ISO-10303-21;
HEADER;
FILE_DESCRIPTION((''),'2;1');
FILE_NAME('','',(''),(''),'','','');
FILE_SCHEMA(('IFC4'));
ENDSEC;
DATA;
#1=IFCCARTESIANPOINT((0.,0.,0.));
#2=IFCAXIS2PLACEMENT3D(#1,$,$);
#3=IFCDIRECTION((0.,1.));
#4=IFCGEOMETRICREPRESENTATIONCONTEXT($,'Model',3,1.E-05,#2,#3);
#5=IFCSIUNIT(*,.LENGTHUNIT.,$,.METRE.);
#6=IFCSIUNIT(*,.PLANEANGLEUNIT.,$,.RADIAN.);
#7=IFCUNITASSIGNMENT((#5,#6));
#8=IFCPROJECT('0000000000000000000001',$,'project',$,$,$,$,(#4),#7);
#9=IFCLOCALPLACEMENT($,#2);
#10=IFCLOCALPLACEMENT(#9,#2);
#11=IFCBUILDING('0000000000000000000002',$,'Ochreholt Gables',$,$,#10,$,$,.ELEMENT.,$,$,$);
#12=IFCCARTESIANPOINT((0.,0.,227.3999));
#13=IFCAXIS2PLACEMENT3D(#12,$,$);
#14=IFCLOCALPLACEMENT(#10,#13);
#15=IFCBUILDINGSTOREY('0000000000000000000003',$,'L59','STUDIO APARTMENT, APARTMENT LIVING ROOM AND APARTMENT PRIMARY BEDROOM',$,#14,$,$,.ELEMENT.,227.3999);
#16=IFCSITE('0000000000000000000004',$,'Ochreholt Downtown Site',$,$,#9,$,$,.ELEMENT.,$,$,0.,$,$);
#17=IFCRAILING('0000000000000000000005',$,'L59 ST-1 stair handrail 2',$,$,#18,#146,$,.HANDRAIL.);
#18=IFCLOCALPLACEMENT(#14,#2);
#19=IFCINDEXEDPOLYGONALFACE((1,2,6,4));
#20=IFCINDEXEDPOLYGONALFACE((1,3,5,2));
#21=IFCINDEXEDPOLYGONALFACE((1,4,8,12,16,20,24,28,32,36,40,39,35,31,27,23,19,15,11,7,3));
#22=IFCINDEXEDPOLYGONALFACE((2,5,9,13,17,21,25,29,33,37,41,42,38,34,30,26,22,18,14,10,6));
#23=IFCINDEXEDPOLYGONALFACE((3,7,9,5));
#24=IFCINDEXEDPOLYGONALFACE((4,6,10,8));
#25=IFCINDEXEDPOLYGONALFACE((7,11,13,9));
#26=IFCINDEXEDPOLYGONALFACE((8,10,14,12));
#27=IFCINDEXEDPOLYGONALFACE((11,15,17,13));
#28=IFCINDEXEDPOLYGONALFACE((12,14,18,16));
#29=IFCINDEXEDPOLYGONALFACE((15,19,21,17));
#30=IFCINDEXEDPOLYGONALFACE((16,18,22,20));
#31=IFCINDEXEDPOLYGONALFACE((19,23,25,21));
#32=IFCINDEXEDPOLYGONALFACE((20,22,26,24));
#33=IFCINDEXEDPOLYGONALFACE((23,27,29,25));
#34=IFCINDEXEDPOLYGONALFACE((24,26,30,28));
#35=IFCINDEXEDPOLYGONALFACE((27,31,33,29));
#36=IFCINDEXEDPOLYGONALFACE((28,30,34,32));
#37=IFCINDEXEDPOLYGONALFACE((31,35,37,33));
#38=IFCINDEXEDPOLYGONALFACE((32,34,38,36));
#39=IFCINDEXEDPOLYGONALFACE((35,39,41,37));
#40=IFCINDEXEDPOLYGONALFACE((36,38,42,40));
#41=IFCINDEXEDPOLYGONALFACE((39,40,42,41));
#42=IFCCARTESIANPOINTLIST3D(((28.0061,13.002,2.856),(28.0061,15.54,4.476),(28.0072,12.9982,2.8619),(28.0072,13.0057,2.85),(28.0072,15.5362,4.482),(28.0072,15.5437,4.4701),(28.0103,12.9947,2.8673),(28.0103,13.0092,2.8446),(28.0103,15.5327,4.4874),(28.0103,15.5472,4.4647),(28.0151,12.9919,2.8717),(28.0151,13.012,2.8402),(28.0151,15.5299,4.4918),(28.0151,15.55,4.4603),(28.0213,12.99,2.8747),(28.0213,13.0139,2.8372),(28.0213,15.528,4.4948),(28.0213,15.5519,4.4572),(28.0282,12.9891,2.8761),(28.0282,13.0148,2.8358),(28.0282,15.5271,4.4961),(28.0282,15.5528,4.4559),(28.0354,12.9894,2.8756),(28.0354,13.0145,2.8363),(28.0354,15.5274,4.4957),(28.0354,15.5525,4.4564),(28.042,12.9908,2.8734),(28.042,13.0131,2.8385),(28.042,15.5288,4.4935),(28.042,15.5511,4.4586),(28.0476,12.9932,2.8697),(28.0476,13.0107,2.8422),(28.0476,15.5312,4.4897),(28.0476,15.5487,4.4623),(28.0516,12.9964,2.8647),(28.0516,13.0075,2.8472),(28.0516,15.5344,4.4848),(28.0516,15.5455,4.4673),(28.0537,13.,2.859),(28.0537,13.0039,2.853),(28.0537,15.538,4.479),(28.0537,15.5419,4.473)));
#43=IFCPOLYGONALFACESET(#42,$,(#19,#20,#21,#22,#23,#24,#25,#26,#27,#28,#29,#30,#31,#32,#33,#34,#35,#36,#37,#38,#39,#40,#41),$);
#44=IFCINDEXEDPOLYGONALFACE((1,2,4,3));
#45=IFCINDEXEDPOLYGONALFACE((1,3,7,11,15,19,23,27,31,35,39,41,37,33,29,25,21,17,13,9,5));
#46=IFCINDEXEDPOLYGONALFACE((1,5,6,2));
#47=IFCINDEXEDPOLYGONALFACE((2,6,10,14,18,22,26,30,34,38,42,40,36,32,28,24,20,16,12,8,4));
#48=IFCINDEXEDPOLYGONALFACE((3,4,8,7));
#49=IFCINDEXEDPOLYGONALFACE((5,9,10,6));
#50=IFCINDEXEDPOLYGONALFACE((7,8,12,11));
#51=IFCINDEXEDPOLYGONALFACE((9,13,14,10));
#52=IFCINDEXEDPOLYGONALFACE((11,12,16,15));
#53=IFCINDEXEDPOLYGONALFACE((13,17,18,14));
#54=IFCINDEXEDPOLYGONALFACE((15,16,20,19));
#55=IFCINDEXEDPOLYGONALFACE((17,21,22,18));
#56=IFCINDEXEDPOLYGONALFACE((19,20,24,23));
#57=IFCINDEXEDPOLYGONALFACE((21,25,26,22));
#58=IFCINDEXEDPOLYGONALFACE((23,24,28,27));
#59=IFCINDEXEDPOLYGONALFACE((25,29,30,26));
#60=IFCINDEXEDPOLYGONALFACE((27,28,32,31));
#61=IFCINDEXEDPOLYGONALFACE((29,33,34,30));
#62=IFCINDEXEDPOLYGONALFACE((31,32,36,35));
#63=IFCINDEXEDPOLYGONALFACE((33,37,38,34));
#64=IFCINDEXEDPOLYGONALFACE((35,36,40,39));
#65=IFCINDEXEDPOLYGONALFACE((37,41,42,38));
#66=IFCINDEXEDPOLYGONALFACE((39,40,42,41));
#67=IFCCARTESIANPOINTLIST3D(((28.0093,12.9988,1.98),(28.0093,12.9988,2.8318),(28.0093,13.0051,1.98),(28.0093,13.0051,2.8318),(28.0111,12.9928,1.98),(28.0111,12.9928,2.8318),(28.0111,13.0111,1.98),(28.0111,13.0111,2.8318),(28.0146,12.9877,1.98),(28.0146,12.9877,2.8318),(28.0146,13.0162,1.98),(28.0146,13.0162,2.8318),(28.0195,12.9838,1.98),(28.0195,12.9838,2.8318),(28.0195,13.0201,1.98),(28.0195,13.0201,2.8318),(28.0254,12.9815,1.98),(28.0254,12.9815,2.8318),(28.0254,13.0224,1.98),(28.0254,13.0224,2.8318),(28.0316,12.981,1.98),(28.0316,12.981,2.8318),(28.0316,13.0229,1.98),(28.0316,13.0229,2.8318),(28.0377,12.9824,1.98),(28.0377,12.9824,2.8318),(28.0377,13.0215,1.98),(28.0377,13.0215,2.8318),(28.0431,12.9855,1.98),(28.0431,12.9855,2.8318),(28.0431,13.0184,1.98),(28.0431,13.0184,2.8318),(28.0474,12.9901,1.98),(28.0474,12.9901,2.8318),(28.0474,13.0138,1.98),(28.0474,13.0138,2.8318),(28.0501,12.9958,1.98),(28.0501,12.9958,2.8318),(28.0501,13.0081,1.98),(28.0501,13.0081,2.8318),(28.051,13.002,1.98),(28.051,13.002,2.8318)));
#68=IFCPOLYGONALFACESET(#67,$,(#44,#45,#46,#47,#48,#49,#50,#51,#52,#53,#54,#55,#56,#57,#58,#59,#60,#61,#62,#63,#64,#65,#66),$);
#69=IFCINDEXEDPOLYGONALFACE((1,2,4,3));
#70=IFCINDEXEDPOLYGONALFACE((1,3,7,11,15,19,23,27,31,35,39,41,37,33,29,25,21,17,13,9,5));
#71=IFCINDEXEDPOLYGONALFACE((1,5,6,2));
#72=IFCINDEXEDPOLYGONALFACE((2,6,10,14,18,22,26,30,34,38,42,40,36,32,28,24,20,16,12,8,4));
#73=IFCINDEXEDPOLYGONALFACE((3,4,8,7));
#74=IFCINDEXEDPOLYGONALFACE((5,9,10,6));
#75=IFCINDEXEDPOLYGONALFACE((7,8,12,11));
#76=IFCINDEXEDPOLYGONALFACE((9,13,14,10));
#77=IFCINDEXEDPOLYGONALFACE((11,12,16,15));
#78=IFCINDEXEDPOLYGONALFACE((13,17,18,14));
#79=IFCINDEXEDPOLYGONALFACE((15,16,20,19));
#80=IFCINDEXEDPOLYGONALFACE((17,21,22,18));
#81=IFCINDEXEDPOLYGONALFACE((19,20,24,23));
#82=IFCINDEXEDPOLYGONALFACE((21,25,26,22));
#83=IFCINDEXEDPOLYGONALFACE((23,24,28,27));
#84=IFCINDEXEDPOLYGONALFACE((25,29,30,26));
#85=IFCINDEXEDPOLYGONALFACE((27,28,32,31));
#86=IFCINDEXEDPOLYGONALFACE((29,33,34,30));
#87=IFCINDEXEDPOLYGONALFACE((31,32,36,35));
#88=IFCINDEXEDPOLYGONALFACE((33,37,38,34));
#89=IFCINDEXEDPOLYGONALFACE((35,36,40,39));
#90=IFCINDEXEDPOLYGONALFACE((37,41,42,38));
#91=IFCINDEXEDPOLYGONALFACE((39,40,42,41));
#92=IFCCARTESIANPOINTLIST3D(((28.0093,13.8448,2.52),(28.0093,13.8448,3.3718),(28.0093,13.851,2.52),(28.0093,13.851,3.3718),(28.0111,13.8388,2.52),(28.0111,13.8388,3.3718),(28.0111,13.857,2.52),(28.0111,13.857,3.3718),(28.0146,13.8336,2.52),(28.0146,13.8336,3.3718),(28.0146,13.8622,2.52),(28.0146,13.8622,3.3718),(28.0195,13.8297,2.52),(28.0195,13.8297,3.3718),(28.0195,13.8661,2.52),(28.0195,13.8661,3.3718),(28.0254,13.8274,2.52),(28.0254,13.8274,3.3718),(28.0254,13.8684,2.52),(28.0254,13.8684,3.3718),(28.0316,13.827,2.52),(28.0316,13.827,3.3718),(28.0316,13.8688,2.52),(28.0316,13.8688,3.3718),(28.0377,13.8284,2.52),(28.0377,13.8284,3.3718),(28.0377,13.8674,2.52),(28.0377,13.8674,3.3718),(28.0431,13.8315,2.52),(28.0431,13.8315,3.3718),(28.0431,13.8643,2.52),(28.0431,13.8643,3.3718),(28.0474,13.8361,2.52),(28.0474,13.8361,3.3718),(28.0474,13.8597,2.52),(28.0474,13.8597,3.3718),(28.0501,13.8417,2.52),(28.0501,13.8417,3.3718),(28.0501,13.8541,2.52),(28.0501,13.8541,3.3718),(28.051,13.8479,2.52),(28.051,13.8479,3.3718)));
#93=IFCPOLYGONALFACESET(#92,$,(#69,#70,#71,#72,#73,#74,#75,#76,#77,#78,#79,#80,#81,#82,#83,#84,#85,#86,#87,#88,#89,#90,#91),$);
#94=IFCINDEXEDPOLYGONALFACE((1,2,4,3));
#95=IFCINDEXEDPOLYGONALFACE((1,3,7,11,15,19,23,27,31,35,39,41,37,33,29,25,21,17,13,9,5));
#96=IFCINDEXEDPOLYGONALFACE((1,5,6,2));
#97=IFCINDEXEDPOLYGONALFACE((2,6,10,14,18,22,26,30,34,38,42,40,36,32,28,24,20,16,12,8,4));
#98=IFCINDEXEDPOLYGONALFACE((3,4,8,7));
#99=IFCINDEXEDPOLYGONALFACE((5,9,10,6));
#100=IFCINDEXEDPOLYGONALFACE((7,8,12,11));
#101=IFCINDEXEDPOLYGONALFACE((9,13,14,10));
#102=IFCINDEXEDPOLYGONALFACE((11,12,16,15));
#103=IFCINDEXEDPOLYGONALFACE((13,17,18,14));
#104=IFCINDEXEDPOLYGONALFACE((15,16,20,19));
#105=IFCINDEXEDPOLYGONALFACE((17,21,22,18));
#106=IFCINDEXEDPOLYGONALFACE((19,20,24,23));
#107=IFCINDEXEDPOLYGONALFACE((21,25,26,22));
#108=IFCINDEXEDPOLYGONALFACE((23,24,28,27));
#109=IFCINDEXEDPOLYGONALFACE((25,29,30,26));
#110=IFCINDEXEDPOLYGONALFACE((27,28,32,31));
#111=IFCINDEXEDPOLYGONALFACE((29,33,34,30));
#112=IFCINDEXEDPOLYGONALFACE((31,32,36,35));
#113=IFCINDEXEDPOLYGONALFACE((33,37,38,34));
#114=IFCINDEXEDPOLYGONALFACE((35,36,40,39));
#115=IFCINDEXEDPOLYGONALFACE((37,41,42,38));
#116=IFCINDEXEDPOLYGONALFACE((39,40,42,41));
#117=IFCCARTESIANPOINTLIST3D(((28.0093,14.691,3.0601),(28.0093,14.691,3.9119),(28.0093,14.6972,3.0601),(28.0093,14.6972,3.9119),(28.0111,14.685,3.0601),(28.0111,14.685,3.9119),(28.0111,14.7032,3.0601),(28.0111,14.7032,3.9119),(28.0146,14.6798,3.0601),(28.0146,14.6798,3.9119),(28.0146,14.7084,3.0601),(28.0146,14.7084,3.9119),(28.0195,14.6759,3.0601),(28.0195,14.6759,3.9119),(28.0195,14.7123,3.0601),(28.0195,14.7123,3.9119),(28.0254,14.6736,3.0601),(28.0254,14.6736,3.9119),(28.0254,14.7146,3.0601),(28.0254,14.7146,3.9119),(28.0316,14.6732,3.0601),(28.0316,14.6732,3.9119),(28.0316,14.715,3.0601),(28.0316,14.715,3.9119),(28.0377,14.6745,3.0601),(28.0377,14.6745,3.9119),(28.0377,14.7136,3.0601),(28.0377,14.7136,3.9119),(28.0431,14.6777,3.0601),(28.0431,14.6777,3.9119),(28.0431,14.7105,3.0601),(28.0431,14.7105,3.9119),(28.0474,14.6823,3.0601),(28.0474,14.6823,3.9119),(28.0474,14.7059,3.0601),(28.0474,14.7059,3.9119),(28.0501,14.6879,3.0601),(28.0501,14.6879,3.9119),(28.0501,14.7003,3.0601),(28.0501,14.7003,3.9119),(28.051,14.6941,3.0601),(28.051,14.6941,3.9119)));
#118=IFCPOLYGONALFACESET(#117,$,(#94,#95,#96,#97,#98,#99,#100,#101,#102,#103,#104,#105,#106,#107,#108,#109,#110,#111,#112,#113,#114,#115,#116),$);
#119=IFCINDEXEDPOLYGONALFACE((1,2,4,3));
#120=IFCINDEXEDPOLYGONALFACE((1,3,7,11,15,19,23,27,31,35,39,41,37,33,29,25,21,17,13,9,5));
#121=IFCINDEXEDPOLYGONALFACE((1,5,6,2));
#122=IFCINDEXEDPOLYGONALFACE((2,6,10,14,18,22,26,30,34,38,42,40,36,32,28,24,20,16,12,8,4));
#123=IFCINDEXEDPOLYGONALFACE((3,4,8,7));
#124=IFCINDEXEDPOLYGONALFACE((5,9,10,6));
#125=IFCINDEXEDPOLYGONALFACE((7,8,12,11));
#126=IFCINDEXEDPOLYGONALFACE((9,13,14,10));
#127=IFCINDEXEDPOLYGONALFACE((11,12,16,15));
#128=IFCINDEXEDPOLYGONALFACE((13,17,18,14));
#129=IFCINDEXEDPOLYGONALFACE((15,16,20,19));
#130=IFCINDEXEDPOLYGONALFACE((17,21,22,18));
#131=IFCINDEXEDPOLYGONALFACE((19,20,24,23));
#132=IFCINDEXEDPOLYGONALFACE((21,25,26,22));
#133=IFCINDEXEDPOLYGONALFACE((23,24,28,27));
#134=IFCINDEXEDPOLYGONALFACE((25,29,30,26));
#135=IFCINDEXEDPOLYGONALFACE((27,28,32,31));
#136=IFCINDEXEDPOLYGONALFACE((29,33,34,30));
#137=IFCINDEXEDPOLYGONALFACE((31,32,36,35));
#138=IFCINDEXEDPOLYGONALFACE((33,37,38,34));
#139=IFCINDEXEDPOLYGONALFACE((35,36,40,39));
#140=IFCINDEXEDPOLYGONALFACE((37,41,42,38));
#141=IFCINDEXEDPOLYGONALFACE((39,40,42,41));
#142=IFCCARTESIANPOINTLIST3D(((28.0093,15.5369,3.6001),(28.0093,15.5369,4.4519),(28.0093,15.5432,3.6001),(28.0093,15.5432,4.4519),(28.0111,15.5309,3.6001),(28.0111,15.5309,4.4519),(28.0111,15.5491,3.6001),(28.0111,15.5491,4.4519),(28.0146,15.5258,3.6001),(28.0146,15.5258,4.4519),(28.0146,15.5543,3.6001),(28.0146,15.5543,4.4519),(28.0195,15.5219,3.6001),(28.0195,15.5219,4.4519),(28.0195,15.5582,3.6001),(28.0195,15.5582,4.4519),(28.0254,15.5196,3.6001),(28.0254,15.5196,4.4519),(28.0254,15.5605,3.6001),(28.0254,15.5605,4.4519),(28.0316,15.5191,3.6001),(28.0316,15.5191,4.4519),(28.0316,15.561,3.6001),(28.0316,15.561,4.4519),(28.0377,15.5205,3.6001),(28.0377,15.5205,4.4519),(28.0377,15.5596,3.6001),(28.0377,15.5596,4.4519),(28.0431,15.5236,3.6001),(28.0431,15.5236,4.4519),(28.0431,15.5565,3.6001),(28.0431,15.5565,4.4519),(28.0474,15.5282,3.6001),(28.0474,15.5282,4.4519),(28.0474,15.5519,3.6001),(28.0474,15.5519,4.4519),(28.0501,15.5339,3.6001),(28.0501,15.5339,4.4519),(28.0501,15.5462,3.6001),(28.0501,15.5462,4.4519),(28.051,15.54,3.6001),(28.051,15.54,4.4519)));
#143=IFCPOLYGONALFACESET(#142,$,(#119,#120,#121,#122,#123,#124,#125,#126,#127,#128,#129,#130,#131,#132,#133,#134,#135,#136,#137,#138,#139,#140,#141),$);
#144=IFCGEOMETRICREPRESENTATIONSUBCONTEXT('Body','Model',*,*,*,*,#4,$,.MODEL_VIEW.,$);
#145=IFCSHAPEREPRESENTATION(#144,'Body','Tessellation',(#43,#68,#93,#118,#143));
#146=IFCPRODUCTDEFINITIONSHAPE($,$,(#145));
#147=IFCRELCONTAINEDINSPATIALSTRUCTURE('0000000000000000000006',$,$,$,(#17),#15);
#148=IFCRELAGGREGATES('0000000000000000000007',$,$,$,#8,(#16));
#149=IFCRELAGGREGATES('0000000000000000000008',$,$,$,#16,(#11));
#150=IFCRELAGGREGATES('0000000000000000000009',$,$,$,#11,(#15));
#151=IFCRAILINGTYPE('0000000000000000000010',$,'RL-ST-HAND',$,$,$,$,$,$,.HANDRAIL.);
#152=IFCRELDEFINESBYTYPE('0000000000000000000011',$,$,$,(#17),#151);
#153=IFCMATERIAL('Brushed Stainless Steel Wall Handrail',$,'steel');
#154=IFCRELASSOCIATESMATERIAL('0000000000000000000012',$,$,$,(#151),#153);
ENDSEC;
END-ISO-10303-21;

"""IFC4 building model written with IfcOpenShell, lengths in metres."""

from ifc_helpers import new_model, si_unit, direction, frame, origin, origin_2d, place, context, subcontext, project, spatial, circle, extrude, material, type_object, element, save


model = new_model("IFC4")

# Units and contexts
model_context = context("Model", 3, precision=1e-05, world=origin(), true_north=direction((0.0, 1.0)))
body_context = subcontext(model_context, "Body", "Model", "MODEL_VIEW")
ifc_project = project(units=[si_unit("LENGTHUNIT", "METRE"), si_unit("PLANEANGLEUNIT", "RADIAN")], contexts=[model_context])

# Site, building, storey
site_placement = place(None, origin())
site = spatial("IfcSite", under=ifc_project, at=site_placement, Name="Ochreholt Downtown Site", CompositionType="ELEMENT", RefElevation=0.0)
building_placement = place(site_placement, origin())
building = spatial("IfcBuilding", under=site, at=building_placement, Name="Ochreholt Gables", CompositionType="ELEMENT")
storey_placement = place(building_placement, frame((0.0, 0.0, 227.3999)))
storey = spatial("IfcBuildingStorey", under=building, at=storey_placement, Name="L59", Description="STUDIO APARTMENT, APARTMENT LIVING ROOM AND APARTMENT PRIMARY BEDROOM", CompositionType="ELEMENT", Elevation=227.3999)

# Railing
ifc_material_1 = material(Name="Brushed Stainless Steel Wall Handrail", Category="steel")
railing_type_1 = type_object("IfcRailingType", Name="RL-ST-HAND", PredefinedType="HANDRAIL", material=ifc_material_1)
railing_1_placement = place(storey_placement, frame((28.03, 13.002, 1.98)))
element("IfcRailing", 1, at=railing_1_placement, inside=storey, type_object=railing_type_1, Name="L59 ST-1 stair handrail 2", PredefinedType="HANDRAIL", context=body_context, shape_type="SweptSolid", body=[
    extrude(circle(Radius=0.0239, at=origin_2d()), frame((0.0, 0.0, 0.876), z_axis=(0.0, 0.842913, 0.53805), x_axis=(-1.0, 0.0, 0.0)), (0.0, 0.0, 1.0), 3.011),
    extrude(circle(Radius=0.021, at=origin_2d()), origin(), (0.0, 0.0, 1.0), 0.8518),
    extrude(circle(Radius=0.021, at=origin_2d()), frame((0.0, 0.8459, 0.54)), (0.0, 0.0, 1.0), 0.8518),
    extrude(circle(Radius=0.021, at=origin_2d()), frame((0.0, 1.6921, 1.0801)), (0.0, 0.0, 1.0), 0.8518),
    extrude(circle(Radius=0.021, at=origin_2d()), frame((0.0, 2.5381, 1.6201)), (0.0, 0.0, 1.0), 0.8518),
])

save(model, "model.ifc")
